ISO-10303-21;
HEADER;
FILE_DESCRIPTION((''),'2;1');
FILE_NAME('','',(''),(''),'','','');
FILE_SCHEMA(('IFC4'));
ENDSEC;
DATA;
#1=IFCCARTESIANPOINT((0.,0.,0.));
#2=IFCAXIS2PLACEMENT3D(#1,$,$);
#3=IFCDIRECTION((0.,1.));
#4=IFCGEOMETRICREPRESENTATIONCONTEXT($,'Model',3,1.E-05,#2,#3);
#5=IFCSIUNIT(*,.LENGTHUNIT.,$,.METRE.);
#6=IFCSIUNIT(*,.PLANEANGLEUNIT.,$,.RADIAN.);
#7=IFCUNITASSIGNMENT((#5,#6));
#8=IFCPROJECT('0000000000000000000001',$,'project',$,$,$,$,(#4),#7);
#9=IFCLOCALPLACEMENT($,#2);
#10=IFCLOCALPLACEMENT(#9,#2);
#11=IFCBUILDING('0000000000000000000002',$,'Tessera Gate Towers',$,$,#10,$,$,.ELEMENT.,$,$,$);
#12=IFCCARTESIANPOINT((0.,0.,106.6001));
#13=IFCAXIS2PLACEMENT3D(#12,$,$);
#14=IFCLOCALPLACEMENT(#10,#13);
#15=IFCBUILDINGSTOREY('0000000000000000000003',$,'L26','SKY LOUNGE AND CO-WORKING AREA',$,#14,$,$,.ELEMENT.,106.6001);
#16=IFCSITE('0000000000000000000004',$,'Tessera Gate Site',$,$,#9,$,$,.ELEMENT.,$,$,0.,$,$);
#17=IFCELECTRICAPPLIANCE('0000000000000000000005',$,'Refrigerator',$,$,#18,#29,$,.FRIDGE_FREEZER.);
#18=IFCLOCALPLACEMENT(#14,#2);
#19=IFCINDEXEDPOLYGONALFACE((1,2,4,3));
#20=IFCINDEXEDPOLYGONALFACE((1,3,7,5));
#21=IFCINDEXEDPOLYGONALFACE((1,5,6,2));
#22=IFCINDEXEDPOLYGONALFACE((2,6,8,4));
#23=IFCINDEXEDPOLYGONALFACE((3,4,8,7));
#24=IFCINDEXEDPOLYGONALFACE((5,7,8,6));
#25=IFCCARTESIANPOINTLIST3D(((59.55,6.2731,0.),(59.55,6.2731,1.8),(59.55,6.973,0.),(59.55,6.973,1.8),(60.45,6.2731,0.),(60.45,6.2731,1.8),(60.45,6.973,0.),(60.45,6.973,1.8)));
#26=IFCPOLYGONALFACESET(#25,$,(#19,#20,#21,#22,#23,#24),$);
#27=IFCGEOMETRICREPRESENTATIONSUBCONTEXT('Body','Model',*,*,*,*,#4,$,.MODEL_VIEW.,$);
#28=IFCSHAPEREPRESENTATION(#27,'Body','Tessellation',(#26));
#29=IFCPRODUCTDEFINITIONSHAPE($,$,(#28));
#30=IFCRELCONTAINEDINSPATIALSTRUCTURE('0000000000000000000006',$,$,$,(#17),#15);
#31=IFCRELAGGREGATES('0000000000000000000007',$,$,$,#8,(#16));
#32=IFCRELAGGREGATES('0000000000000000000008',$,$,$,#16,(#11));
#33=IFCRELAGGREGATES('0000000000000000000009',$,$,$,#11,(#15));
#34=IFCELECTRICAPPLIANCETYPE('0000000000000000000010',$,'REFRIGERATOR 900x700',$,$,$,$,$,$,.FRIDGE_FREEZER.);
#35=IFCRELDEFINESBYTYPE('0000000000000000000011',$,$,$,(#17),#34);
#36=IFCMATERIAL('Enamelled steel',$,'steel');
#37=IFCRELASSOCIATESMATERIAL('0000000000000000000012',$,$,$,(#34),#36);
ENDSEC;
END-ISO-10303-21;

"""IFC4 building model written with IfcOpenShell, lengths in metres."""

from ifc_helpers import new_model, si_unit, direction, frame, origin, origin_2d, place, context, subcontext, project, spatial, rectangle, extrude, material, type_object, element, save


model = new_model("IFC4")

# Units and contexts
model_context = context("Model", 3, precision=1e-05, world=origin(), true_north=direction((0.0, 1.0)))
body_context = subcontext(model_context, "Body", "Model", "MODEL_VIEW")
ifc_project = project(units=[si_unit("LENGTHUNIT", "METRE"), si_unit("PLANEANGLEUNIT", "RADIAN")], contexts=[model_context])

# Site, building, storey
site_placement = place(None, origin())
site = spatial("IfcSite", under=ifc_project, at=site_placement, Name="Tessera Gate Site", CompositionType="ELEMENT", RefElevation=0.0)
building_placement = place(site_placement, origin())
building = spatial("IfcBuilding", under=site, at=building_placement, Name="Tessera Gate Towers", CompositionType="ELEMENT")
storey_placement = place(building_placement, frame((0.0, 0.0, 106.6001)))
storey = spatial("IfcBuildingStorey", under=building, at=storey_placement, Name="L26", Description="SKY LOUNGE AND CO-WORKING AREA", CompositionType="ELEMENT", Elevation=106.6001)

# Electric appliance
ifc_material_1 = material(Name="Enamelled steel", Category="steel")
electric_appliance_type = type_object("IfcElectricApplianceType", Name="REFRIGERATOR 900x700", PredefinedType="FRIDGE_FREEZER", material=ifc_material_1)
electric_appliance_placement = place(storey_placement, frame((60.0, 6.623, 0.0), z_axis=(0.0, 0.0, 1.0), x_axis=(1.0, 0.0, 0.0)))
element("IfcElectricAppliance", 1, at=electric_appliance_placement, inside=storey, type_object=electric_appliance_type, Name="Refrigerator", PredefinedType="FRIDGE_FREEZER", context=body_context, shape_type="SweptSolid", body=[
    extrude(rectangle(XDim=0.8999, YDim=0.7, at=origin_2d()), origin(), (0.0, 0.0, 1.0), 1.8),
])

save(model, "model.ifc")
